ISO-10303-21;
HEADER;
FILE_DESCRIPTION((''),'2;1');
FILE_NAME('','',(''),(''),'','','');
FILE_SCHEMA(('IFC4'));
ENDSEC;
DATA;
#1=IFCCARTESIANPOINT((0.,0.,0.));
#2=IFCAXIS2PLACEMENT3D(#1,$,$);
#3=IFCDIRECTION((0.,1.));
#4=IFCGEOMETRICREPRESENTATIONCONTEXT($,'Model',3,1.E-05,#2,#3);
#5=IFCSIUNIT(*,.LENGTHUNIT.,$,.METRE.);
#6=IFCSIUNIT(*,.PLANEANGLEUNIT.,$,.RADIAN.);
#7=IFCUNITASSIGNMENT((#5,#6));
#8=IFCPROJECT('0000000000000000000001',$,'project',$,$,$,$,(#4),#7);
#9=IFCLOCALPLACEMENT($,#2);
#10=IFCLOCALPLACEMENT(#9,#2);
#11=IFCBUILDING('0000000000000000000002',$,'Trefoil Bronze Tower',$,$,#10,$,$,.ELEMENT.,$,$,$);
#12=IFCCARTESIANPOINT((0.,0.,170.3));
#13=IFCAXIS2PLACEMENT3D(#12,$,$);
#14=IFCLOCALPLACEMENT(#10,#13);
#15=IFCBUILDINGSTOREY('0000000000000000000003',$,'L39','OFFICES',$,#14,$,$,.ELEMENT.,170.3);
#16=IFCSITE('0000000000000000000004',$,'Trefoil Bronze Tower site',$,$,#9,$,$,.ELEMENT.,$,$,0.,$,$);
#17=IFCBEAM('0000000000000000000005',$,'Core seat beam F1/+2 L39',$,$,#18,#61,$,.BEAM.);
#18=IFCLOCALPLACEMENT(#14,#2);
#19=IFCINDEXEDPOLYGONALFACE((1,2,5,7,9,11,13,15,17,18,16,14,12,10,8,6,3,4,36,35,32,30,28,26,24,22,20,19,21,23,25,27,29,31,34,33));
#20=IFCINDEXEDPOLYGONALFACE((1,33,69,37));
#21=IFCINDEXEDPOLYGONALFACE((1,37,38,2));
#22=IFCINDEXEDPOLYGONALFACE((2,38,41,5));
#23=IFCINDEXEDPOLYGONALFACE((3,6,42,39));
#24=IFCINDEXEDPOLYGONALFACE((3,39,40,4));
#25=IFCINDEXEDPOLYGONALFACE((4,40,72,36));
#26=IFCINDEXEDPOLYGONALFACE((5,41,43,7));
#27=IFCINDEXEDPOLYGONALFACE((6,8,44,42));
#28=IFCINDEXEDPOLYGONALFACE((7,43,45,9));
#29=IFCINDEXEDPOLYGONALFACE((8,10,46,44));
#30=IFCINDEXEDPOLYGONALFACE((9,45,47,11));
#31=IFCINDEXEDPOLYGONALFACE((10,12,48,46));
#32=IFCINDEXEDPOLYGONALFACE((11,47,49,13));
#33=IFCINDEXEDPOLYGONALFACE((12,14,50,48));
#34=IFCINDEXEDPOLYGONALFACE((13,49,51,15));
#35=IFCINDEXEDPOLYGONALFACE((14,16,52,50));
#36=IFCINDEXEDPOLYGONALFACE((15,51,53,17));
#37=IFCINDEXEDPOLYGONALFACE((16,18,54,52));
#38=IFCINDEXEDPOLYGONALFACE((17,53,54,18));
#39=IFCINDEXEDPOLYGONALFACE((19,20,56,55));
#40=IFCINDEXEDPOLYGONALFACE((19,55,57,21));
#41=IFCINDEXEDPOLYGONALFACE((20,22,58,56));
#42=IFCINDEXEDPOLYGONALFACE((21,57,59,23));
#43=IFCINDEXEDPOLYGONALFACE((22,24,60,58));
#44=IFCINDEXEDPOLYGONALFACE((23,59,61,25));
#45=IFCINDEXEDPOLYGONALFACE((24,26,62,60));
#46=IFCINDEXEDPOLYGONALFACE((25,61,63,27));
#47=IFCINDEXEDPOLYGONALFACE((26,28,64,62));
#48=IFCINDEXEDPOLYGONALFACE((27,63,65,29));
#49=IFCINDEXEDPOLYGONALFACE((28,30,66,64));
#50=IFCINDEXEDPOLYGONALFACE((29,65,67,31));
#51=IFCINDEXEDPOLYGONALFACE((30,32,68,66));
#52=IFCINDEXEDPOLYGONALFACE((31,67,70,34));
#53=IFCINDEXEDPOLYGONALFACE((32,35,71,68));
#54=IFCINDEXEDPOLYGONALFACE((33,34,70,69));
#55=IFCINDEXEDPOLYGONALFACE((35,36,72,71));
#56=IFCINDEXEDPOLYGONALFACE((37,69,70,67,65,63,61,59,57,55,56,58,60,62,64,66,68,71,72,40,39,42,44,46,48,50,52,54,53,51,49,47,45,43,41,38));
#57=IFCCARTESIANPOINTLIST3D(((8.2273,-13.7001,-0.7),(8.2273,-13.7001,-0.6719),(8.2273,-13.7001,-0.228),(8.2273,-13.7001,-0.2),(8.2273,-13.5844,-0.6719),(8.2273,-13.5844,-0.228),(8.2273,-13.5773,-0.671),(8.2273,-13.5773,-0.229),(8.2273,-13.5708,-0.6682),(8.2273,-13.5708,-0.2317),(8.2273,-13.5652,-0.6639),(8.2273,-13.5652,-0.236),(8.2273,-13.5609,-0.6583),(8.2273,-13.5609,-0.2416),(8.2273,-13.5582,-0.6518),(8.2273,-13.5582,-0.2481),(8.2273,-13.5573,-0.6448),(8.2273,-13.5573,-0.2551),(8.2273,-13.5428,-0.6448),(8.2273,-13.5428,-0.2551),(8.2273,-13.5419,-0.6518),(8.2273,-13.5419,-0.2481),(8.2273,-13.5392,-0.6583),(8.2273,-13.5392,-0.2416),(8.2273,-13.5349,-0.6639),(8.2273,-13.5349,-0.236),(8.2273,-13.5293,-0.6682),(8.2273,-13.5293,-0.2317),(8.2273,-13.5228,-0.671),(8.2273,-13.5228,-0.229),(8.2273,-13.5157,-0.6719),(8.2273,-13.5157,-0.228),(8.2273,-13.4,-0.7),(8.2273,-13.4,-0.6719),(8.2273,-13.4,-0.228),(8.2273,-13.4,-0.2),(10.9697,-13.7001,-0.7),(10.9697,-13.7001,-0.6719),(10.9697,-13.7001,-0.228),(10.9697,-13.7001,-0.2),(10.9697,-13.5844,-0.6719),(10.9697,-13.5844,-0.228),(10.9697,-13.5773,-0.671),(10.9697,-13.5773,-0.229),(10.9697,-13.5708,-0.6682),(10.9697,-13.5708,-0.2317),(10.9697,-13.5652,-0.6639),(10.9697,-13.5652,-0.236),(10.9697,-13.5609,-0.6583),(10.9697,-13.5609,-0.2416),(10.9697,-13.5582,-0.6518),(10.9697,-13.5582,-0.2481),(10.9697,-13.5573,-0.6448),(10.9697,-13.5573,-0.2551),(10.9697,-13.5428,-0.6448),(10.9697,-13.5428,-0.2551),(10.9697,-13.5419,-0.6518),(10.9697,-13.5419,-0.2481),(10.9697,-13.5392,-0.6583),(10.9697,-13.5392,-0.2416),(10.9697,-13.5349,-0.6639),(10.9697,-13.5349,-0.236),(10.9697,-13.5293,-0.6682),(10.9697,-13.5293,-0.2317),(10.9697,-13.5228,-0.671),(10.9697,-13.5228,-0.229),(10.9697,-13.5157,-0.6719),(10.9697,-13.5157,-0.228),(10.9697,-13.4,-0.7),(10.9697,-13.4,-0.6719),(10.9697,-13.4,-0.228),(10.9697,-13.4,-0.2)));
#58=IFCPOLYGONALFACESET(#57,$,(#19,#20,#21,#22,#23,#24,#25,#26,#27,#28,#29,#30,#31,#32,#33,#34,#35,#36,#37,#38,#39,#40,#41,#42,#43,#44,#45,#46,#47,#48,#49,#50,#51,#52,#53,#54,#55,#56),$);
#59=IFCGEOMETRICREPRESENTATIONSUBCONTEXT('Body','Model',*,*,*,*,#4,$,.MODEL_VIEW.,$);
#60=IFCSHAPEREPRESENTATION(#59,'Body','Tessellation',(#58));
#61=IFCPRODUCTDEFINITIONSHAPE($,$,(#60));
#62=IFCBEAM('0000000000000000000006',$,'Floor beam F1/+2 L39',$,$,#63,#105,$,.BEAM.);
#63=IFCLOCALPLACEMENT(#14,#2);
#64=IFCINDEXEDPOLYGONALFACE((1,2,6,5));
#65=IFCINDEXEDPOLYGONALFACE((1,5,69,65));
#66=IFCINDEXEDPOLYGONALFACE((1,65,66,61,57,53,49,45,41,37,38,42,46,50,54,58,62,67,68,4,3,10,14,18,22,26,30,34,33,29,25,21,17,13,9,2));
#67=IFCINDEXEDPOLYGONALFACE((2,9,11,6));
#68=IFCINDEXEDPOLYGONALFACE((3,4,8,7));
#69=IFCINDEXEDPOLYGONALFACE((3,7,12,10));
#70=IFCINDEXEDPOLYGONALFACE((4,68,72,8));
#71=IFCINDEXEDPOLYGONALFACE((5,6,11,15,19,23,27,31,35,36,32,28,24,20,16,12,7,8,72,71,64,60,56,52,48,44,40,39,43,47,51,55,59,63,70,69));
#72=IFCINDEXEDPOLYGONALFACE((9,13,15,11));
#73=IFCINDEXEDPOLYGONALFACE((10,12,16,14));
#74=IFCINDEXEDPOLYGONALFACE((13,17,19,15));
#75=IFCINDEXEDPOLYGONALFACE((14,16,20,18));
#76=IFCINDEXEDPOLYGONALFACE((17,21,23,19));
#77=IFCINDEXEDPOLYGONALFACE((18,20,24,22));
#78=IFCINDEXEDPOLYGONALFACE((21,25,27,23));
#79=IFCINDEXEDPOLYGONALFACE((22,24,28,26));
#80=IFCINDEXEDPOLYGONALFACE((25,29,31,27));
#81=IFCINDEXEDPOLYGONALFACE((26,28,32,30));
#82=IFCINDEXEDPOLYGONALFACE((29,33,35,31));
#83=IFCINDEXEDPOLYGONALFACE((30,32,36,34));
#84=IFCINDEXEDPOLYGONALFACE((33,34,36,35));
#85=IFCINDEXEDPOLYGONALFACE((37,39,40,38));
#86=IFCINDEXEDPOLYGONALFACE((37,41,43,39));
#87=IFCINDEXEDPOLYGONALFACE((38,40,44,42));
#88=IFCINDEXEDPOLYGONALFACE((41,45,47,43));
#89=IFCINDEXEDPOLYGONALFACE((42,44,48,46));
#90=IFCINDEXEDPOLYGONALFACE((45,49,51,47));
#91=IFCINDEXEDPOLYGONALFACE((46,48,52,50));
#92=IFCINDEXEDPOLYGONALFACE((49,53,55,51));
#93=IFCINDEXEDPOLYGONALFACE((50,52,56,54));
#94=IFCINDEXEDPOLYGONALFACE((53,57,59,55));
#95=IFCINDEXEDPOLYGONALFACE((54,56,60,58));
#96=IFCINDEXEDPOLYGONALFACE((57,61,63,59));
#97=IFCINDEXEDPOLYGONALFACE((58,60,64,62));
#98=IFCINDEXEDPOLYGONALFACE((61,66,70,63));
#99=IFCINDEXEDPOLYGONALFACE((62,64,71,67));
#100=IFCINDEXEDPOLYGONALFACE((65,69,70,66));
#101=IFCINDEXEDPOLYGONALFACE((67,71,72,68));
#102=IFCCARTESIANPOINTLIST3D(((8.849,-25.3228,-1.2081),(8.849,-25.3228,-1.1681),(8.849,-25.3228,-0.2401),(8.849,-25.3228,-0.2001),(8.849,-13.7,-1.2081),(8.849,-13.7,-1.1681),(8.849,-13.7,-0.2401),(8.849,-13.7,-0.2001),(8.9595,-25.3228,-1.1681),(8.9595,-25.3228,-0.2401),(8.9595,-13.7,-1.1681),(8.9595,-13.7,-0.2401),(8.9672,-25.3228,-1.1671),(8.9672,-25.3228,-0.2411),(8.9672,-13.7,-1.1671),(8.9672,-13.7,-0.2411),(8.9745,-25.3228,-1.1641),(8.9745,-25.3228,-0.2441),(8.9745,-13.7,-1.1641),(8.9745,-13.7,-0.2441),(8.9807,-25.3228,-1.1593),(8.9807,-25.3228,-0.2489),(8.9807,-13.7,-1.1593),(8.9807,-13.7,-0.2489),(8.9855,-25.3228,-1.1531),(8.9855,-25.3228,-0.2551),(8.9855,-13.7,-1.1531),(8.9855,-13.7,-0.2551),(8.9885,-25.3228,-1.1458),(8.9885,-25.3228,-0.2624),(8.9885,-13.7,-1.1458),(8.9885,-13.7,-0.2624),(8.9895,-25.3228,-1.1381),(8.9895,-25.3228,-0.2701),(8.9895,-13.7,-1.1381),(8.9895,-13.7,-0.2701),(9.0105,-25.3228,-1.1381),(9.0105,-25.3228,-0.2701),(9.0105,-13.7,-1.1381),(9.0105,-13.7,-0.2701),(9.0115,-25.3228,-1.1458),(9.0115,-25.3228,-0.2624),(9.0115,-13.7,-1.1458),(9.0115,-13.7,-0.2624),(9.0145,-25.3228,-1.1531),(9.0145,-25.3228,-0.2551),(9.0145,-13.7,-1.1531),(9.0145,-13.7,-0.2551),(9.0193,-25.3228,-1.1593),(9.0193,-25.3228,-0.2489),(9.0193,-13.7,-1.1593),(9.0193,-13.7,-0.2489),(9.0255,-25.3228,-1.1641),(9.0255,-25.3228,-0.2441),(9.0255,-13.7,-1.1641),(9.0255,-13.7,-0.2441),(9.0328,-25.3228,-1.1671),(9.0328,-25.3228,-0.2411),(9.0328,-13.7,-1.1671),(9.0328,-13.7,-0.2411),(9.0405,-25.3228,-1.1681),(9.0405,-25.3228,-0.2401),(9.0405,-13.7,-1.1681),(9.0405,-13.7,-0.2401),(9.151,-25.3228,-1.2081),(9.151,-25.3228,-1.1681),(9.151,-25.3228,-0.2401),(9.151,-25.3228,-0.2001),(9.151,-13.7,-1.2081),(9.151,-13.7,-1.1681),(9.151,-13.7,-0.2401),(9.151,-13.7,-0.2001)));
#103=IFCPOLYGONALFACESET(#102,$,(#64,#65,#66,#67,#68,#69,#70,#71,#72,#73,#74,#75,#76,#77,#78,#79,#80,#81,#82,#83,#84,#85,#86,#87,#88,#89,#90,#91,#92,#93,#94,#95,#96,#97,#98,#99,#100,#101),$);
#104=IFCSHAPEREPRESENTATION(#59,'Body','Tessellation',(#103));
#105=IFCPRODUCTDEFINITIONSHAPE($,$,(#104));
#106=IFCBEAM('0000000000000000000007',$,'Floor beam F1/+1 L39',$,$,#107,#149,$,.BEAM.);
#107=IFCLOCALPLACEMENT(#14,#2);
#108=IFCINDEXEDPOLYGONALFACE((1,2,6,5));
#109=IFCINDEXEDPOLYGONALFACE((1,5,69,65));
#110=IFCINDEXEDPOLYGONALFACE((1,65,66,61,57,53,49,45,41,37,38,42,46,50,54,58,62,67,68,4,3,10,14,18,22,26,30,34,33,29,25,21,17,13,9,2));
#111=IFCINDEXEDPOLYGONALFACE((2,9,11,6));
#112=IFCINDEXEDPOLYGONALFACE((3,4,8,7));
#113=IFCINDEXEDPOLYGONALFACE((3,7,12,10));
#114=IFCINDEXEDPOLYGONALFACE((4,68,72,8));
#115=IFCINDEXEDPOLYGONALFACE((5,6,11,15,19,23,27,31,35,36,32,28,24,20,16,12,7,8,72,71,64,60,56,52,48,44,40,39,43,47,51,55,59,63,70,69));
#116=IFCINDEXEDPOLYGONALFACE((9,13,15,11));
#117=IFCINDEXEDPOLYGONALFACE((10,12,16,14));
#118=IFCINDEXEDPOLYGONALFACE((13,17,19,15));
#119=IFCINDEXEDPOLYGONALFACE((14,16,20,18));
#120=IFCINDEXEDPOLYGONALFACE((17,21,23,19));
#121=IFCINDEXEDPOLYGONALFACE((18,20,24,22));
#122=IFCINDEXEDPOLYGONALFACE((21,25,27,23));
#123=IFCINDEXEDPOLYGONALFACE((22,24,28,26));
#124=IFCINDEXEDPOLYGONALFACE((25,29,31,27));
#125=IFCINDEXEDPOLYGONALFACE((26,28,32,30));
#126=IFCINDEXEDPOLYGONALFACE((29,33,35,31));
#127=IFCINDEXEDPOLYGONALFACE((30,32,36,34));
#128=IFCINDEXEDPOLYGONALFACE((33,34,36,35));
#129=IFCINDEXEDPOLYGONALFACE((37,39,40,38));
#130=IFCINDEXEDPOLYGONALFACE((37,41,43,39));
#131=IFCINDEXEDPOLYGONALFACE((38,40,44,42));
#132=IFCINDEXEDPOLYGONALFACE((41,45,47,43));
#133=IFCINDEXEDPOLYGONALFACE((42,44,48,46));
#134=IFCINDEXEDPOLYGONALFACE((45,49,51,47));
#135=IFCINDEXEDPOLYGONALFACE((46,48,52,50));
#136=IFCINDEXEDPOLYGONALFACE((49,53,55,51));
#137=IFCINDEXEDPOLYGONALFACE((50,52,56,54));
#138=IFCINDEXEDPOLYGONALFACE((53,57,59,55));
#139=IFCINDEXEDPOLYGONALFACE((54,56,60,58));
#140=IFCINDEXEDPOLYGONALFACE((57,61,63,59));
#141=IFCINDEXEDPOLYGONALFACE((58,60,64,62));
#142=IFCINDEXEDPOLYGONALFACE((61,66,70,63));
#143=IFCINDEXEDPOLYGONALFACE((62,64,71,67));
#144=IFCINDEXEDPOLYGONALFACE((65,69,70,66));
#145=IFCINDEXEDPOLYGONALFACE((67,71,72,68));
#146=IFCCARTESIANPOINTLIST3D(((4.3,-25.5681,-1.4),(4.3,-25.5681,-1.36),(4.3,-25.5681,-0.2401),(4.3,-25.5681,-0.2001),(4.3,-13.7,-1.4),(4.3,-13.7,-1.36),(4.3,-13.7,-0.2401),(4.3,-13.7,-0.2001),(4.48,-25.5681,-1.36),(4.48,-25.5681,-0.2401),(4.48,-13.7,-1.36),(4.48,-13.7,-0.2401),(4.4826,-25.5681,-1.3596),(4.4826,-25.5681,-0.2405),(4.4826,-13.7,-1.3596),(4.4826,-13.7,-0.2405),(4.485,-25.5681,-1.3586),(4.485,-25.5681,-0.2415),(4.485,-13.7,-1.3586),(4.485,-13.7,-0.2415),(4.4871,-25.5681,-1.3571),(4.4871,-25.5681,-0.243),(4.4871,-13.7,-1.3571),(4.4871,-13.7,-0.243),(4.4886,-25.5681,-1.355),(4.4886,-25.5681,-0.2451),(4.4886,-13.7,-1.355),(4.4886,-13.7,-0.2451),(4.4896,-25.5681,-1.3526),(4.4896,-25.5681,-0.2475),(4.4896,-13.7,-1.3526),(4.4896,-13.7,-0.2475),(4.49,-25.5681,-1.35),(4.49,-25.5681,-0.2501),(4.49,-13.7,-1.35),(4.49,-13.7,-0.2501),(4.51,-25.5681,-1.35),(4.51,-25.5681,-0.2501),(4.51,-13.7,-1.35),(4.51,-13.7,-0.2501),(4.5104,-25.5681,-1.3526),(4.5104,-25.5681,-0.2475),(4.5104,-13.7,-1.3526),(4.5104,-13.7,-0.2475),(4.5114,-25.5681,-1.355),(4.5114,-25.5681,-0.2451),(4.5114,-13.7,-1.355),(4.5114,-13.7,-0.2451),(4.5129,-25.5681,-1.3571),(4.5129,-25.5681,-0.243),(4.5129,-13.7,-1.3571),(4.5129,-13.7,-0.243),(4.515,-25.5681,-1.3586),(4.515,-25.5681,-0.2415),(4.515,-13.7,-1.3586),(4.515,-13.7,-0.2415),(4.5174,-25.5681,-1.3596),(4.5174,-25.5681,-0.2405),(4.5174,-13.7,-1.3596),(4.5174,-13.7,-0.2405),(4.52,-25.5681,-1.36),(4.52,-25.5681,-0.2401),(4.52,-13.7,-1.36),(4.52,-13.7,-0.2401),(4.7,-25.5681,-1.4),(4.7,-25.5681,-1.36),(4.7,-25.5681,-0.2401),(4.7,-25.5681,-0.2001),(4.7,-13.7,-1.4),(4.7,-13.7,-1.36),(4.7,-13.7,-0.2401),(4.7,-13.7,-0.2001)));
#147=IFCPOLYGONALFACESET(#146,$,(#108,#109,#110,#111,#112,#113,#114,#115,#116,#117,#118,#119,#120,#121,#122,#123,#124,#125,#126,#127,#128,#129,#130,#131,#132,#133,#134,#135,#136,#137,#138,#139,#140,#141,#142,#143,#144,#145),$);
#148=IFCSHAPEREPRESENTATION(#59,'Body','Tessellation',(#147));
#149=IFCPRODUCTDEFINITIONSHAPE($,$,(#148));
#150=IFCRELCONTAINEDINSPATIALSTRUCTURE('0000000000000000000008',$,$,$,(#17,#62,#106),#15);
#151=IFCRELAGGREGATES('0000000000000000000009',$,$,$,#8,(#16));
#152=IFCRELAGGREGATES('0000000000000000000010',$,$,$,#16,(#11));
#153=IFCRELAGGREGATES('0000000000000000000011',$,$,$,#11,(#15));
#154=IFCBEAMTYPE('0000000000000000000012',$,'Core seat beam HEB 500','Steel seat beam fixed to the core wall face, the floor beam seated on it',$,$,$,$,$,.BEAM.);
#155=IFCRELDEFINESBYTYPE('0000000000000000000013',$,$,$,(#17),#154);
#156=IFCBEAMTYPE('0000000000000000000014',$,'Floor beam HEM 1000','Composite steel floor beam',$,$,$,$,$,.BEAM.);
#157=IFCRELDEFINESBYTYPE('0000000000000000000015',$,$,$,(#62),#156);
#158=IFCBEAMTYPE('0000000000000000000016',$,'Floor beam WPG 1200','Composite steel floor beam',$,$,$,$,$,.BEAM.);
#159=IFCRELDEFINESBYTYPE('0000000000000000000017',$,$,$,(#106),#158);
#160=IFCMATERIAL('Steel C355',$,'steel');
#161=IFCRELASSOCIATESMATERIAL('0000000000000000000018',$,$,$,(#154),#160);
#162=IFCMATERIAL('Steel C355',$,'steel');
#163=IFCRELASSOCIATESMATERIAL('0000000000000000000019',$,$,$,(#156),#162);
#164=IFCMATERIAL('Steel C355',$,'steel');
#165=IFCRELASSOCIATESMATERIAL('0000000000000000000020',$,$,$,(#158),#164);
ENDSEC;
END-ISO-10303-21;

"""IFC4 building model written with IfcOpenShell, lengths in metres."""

from ifc_helpers import new_model, si_unit, direction, frame, origin, origin_2d, place, context, subcontext, project, spatial, i_section, extrude, material, material_profile, profile_set, type_object, element, save


model = new_model("IFC4")

# Units and contexts
model_context = context("Model", 3, precision=1e-05, world=origin(), true_north=direction((0.0, 1.0)))
body_context = subcontext(model_context, "Body", "Model", "MODEL_VIEW")
ifc_project = project(units=[si_unit("LENGTHUNIT", "METRE"), si_unit("PLANEANGLEUNIT", "RADIAN")], contexts=[model_context])

# Site, building, storey
site_placement = place(None, origin())
site = spatial("IfcSite", under=ifc_project, at=site_placement, Name="Trefoil Bronze Tower site", CompositionType="ELEMENT", RefElevation=0.0)
building_placement = place(site_placement, origin())
building = spatial("IfcBuilding", under=site, at=building_placement, Name="Trefoil Bronze Tower", CompositionType="ELEMENT")
storey_placement = place(building_placement, frame((0.0, 0.0, 170.3)))
storey = spatial("IfcBuildingStorey", under=building, at=storey_placement, Name="L39", Description="OFFICES", CompositionType="ELEMENT", Elevation=170.3)

# Beams
ifc_material_1 = material(Name="Steel C355", Category="steel")
ifc_material_profile_1 = material_profile(ifc_material_1, i_section(OverallWidth=0.3, OverallDepth=0.5, WebThickness=0.0144, FlangeThickness=0.0281, FilletRadius=0.0271, at=origin_2d()), Name="HEB 500")
ifc_profile_set_1 = profile_set([ifc_material_profile_1], Name="Steel C355")
beam_type_1 = type_object("IfcBeamType", Name="Core seat beam HEB 500", Description="Steel seat beam fixed to the core wall face, the floor beam seated on it", PredefinedType="BEAM", material=ifc_profile_set_1)
for number, where, z_axis, x_axis, name in (
    (1, (8.2273, -13.55, -0.45), (1.0, 0.0, 0.0), (0.0, 1.0, 0.0), "Core seat beam F1/+2 L39"),
):
    element("IfcBeam", number, at=place(storey_placement, frame(where, z_axis=z_axis, x_axis=x_axis)), inside=storey, type_object=beam_type_1, Name=name, PredefinedType="BEAM", context=body_context, shape_type="SweptSolid", body=[
        extrude(i_section(OverallWidth=0.3, OverallDepth=0.5, WebThickness=0.0144, FlangeThickness=0.0281, FilletRadius=0.0271, at=origin_2d()), origin(), (0.0, 0.0, 1.0), 2.7424),
    ])
ifc_material_2 = material(Name="Steel C355", Category="steel")
ifc_material_profile_2 = material_profile(ifc_material_2, i_section(OverallWidth=0.302, OverallDepth=1.0081, WebThickness=0.021, FlangeThickness=0.04, FilletRadius=0.03, at=origin_2d()), Name="HEM 1000")
ifc_profile_set_2 = profile_set([ifc_material_profile_2], Name="Steel C355")
beam_type_2 = type_object("IfcBeamType", Name="Floor beam HEM 1000", Description="Composite steel floor beam", PredefinedType="BEAM", material=ifc_profile_set_2)
beam_1_placement = place(storey_placement, frame((9.0, -25.3228, -0.7041), z_axis=(0.0, 1.0, 0.0), x_axis=(-1.0, 0.0, 0.0)))
element("IfcBeam", 2, at=beam_1_placement, inside=storey, type_object=beam_type_2, Name="Floor beam F1/+2 L39", PredefinedType="BEAM", context=body_context, shape_type="SweptSolid", body=[
    extrude(i_section(OverallWidth=0.302, OverallDepth=1.0081, WebThickness=0.021, FlangeThickness=0.04, FilletRadius=0.03, at=origin_2d()), origin(), (0.0, 0.0, 1.0), 11.6228),
])
ifc_material_3 = material(Name="Steel C355", Category="steel")
ifc_material_profile_3 = material_profile(ifc_material_3, i_section(OverallWidth=0.3999, OverallDepth=1.2, WebThickness=0.02, FlangeThickness=0.04, FilletRadius=0.01, at=origin_2d()), Name="WPG 1200")
ifc_profile_set_3 = profile_set([ifc_material_profile_3], Name="Steel C355")
beam_type_3 = type_object("IfcBeamType", Name="Floor beam WPG 1200", Description="Composite steel floor beam", PredefinedType="BEAM", material=ifc_profile_set_3)
beam_2_placement = place(storey_placement, frame((4.5, -25.5681, -0.8), z_axis=(0.0, 1.0, 0.0), x_axis=(-1.0, 0.0, 0.0)))
element("IfcBeam", 3, at=beam_2_placement, inside=storey, type_object=beam_type_3, Name="Floor beam F1/+1 L39", PredefinedType="BEAM", context=body_context, shape_type="SweptSolid", body=[
    extrude(i_section(OverallWidth=0.3999, OverallDepth=1.2, WebThickness=0.02, FlangeThickness=0.04, FilletRadius=0.01, at=origin_2d()), origin(), (0.0, 0.0, 1.0), 11.8682),
])

save(model, "model.ifc")
